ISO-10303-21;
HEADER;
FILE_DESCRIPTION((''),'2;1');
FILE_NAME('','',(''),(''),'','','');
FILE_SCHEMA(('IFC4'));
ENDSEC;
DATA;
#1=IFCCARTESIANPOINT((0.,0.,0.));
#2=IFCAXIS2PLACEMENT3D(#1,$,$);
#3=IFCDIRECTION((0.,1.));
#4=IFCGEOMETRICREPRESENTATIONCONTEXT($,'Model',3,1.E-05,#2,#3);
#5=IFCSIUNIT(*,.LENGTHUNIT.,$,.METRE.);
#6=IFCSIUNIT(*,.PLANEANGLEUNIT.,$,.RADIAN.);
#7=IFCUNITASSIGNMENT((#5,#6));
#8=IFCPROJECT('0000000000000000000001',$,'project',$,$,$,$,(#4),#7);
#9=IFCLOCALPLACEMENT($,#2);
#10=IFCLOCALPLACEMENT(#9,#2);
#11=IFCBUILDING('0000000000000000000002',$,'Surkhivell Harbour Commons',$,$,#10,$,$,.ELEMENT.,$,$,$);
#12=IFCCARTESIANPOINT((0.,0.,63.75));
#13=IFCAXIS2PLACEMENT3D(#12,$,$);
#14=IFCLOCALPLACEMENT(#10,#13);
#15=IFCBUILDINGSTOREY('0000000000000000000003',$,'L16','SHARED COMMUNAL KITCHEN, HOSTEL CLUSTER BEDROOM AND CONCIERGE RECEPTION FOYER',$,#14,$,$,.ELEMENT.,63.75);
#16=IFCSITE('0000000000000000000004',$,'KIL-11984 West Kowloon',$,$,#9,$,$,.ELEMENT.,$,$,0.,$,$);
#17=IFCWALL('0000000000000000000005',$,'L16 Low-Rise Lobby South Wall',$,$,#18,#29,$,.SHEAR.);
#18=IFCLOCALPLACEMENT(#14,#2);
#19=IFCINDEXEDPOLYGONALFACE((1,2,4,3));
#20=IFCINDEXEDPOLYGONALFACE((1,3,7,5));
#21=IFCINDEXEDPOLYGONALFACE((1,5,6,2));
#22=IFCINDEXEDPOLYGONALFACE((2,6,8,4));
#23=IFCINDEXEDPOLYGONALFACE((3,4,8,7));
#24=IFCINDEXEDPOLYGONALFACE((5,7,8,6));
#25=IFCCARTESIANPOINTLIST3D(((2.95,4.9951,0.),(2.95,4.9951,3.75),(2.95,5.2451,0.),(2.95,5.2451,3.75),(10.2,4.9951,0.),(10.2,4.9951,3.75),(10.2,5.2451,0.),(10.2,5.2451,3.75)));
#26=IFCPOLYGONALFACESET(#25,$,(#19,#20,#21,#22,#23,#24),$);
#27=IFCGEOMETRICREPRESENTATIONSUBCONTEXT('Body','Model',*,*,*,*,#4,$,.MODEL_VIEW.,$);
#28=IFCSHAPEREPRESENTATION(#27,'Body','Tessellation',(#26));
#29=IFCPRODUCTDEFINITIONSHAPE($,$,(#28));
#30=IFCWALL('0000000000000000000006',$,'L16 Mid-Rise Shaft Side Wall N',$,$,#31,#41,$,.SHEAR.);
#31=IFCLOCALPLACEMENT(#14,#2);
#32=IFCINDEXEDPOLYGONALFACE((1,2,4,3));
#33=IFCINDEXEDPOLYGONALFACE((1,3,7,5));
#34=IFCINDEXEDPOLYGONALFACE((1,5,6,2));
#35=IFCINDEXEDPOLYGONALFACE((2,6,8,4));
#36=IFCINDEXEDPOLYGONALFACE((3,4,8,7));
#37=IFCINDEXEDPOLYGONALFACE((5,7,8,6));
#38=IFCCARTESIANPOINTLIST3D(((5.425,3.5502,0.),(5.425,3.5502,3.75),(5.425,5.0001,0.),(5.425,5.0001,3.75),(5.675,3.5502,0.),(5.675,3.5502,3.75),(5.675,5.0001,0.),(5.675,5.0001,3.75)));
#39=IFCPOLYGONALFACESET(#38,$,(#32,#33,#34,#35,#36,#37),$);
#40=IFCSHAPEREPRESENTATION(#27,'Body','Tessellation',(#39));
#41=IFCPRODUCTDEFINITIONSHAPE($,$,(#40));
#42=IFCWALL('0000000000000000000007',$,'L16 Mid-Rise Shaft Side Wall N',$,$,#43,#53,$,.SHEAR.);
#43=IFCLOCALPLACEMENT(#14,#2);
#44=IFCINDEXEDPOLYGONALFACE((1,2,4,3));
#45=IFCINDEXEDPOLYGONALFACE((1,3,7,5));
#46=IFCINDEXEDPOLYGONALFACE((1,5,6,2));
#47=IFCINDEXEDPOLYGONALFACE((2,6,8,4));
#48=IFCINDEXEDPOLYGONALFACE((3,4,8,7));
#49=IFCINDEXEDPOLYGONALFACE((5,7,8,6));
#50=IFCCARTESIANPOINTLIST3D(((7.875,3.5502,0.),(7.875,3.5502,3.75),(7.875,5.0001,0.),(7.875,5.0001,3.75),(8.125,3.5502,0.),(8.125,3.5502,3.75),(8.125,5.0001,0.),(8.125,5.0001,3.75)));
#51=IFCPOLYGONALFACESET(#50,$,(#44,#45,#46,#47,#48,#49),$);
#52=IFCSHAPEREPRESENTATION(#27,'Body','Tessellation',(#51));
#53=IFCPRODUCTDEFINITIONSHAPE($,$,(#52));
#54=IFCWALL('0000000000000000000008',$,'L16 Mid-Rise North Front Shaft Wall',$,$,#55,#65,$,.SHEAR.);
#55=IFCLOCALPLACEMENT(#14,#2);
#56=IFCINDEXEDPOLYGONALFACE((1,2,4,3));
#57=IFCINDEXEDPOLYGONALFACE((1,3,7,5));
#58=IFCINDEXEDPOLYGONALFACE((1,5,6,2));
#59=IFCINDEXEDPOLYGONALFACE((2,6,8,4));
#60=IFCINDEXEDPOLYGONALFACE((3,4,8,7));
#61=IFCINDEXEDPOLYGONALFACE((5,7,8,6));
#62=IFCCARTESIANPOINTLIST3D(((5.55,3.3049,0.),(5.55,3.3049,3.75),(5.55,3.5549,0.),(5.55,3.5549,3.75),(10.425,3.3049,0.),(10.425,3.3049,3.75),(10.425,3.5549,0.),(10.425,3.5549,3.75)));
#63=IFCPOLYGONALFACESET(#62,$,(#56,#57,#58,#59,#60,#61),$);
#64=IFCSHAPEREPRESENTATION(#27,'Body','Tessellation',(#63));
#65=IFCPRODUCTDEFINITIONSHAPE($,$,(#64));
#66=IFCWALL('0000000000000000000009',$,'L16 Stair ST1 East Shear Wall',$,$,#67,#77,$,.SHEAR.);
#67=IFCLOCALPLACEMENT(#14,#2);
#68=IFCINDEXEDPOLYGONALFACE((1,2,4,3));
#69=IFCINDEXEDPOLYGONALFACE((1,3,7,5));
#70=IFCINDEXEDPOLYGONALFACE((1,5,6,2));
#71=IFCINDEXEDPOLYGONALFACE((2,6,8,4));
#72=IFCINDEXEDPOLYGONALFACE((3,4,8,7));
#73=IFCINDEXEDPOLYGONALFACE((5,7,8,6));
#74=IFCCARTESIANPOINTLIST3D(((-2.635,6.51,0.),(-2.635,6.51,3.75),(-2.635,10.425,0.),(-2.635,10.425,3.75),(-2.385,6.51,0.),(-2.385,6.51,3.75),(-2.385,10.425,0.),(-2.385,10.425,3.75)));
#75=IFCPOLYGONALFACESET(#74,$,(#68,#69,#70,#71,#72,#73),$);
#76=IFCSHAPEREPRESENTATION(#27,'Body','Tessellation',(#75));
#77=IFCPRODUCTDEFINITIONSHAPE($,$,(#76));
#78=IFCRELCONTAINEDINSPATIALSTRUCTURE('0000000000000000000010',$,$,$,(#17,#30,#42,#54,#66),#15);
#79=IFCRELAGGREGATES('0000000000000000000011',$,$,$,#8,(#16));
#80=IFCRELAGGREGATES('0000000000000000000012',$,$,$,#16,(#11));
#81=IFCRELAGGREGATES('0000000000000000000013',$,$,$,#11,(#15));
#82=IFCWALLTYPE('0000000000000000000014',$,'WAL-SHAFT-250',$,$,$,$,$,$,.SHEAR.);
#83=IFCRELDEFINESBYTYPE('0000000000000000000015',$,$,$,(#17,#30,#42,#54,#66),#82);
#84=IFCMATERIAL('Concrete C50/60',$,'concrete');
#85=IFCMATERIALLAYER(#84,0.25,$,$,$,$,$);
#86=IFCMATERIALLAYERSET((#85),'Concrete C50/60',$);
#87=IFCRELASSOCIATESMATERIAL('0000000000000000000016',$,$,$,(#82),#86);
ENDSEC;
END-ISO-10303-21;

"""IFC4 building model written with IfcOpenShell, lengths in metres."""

from ifc_helpers import new_model, si_unit, direction, frame, frame_2d, origin, place, context, subcontext, project, spatial, rectangle, extrude, material, layer, layer_set, type_object, element, save


model = new_model("IFC4")

# Units and contexts
model_context = context("Model", 3, precision=1e-05, world=origin(), true_north=direction((0.0, 1.0)))
body_context = subcontext(model_context, "Body", "Model", "MODEL_VIEW")
ifc_project = project(units=[si_unit("LENGTHUNIT", "METRE"), si_unit("PLANEANGLEUNIT", "RADIAN")], contexts=[model_context])

# Site, building, storey
site_placement = place(None, origin())
site = spatial("IfcSite", under=ifc_project, at=site_placement, Name="KIL-11984 West Kowloon", CompositionType="ELEMENT", RefElevation=0.0)
building_placement = place(site_placement, origin())
building = spatial("IfcBuilding", under=site, at=building_placement, Name="Surkhivell Harbour Commons", CompositionType="ELEMENT")
storey_placement = place(building_placement, frame((0.0, 0.0, 63.75)))
storey = spatial("IfcBuildingStorey", under=building, at=storey_placement, Name="L16", Description="SHARED COMMUNAL KITCHEN, HOSTEL CLUSTER BEDROOM AND CONCIERGE RECEPTION FOYER", CompositionType="ELEMENT", Elevation=63.75)

# Shared definitions
ifc_material_1 = material(Name="Concrete C50/60", Category="concrete")
ifc_layer_1 = layer(ifc_material_1, 0.25)
ifc_layer_set_1 = layer_set([ifc_layer_1], Name="Concrete C50/60")
wall_type_1 = type_object("IfcWallType", Name="WAL-SHAFT-250", PredefinedType="SHEAR", material=ifc_layer_set_1)

# Walls
wall_1_placement = place(storey_placement, frame((2.95, 5.1201, 0.0), z_axis=(0.0, 0.0, 1.0), x_axis=(1.0, 0.0, 0.0)))
element("IfcWall", 1, at=wall_1_placement, inside=storey, type_object=wall_type_1, Name="L16 Low-Rise Lobby South Wall", PredefinedType="SHEAR", context=body_context, shape_type="SweptSolid", body=[
    extrude(rectangle(XDim=7.25, YDim=0.25, at=frame_2d((3.625, 0.0))), origin(), (0.0, 0.0, 1.0), 3.75),
])
for number, where, z_axis, x_axis, name in (
    (2, (5.55, 3.55, 0.0), (0.0, 0.0, 1.0), (0.0, 1.0, 0.0), "L16 Mid-Rise Shaft Side Wall N"),
    (3, (8.0, 3.55, 0.0), (0.0, 0.0, 1.0), (0.0, 1.0, 0.0), "L16 Mid-Rise Shaft Side Wall N"),
):
    element("IfcWall", number, at=place(storey_placement, frame(where, z_axis=z_axis, x_axis=x_axis)), inside=storey, type_object=wall_type_1, Name=name, PredefinedType="SHEAR", context=body_context, shape_type="SweptSolid", body=[
        extrude(rectangle(XDim=1.45, YDim=0.25, at=frame_2d((0.7251, 0.0))), origin(), (0.0, 0.0, 1.0), 3.75),
    ])
wall_2_placement = place(storey_placement, frame((5.55, 3.4299, 0.0), z_axis=(0.0, 0.0, 1.0), x_axis=(1.0, 0.0, 0.0)))
element("IfcWall", 4, at=wall_2_placement, inside=storey, type_object=wall_type_1, Name="L16 Mid-Rise North Front Shaft Wall", PredefinedType="SHEAR", context=body_context, shape_type="SweptSolid", body=[
    extrude(rectangle(XDim=4.875, YDim=0.25, at=frame_2d((2.4375, 0.0))), origin(), (0.0, 0.0, 1.0), 3.75),
])
wall_3_placement = place(storey_placement, frame((-2.51, 6.51, 0.0), z_axis=(0.0, 0.0, 1.0), x_axis=(0.0, 1.0, 0.0)))
element("IfcWall", 5, at=wall_3_placement, inside=storey, type_object=wall_type_1, Name="L16 Stair ST1 East Shear Wall", PredefinedType="SHEAR", context=body_context, shape_type="SweptSolid", body=[
    extrude(rectangle(XDim=3.915, YDim=0.25, at=frame_2d((1.9575, 0.0))), origin(), (0.0, 0.0, 1.0), 3.75),
])

save(model, "model.ifc")
